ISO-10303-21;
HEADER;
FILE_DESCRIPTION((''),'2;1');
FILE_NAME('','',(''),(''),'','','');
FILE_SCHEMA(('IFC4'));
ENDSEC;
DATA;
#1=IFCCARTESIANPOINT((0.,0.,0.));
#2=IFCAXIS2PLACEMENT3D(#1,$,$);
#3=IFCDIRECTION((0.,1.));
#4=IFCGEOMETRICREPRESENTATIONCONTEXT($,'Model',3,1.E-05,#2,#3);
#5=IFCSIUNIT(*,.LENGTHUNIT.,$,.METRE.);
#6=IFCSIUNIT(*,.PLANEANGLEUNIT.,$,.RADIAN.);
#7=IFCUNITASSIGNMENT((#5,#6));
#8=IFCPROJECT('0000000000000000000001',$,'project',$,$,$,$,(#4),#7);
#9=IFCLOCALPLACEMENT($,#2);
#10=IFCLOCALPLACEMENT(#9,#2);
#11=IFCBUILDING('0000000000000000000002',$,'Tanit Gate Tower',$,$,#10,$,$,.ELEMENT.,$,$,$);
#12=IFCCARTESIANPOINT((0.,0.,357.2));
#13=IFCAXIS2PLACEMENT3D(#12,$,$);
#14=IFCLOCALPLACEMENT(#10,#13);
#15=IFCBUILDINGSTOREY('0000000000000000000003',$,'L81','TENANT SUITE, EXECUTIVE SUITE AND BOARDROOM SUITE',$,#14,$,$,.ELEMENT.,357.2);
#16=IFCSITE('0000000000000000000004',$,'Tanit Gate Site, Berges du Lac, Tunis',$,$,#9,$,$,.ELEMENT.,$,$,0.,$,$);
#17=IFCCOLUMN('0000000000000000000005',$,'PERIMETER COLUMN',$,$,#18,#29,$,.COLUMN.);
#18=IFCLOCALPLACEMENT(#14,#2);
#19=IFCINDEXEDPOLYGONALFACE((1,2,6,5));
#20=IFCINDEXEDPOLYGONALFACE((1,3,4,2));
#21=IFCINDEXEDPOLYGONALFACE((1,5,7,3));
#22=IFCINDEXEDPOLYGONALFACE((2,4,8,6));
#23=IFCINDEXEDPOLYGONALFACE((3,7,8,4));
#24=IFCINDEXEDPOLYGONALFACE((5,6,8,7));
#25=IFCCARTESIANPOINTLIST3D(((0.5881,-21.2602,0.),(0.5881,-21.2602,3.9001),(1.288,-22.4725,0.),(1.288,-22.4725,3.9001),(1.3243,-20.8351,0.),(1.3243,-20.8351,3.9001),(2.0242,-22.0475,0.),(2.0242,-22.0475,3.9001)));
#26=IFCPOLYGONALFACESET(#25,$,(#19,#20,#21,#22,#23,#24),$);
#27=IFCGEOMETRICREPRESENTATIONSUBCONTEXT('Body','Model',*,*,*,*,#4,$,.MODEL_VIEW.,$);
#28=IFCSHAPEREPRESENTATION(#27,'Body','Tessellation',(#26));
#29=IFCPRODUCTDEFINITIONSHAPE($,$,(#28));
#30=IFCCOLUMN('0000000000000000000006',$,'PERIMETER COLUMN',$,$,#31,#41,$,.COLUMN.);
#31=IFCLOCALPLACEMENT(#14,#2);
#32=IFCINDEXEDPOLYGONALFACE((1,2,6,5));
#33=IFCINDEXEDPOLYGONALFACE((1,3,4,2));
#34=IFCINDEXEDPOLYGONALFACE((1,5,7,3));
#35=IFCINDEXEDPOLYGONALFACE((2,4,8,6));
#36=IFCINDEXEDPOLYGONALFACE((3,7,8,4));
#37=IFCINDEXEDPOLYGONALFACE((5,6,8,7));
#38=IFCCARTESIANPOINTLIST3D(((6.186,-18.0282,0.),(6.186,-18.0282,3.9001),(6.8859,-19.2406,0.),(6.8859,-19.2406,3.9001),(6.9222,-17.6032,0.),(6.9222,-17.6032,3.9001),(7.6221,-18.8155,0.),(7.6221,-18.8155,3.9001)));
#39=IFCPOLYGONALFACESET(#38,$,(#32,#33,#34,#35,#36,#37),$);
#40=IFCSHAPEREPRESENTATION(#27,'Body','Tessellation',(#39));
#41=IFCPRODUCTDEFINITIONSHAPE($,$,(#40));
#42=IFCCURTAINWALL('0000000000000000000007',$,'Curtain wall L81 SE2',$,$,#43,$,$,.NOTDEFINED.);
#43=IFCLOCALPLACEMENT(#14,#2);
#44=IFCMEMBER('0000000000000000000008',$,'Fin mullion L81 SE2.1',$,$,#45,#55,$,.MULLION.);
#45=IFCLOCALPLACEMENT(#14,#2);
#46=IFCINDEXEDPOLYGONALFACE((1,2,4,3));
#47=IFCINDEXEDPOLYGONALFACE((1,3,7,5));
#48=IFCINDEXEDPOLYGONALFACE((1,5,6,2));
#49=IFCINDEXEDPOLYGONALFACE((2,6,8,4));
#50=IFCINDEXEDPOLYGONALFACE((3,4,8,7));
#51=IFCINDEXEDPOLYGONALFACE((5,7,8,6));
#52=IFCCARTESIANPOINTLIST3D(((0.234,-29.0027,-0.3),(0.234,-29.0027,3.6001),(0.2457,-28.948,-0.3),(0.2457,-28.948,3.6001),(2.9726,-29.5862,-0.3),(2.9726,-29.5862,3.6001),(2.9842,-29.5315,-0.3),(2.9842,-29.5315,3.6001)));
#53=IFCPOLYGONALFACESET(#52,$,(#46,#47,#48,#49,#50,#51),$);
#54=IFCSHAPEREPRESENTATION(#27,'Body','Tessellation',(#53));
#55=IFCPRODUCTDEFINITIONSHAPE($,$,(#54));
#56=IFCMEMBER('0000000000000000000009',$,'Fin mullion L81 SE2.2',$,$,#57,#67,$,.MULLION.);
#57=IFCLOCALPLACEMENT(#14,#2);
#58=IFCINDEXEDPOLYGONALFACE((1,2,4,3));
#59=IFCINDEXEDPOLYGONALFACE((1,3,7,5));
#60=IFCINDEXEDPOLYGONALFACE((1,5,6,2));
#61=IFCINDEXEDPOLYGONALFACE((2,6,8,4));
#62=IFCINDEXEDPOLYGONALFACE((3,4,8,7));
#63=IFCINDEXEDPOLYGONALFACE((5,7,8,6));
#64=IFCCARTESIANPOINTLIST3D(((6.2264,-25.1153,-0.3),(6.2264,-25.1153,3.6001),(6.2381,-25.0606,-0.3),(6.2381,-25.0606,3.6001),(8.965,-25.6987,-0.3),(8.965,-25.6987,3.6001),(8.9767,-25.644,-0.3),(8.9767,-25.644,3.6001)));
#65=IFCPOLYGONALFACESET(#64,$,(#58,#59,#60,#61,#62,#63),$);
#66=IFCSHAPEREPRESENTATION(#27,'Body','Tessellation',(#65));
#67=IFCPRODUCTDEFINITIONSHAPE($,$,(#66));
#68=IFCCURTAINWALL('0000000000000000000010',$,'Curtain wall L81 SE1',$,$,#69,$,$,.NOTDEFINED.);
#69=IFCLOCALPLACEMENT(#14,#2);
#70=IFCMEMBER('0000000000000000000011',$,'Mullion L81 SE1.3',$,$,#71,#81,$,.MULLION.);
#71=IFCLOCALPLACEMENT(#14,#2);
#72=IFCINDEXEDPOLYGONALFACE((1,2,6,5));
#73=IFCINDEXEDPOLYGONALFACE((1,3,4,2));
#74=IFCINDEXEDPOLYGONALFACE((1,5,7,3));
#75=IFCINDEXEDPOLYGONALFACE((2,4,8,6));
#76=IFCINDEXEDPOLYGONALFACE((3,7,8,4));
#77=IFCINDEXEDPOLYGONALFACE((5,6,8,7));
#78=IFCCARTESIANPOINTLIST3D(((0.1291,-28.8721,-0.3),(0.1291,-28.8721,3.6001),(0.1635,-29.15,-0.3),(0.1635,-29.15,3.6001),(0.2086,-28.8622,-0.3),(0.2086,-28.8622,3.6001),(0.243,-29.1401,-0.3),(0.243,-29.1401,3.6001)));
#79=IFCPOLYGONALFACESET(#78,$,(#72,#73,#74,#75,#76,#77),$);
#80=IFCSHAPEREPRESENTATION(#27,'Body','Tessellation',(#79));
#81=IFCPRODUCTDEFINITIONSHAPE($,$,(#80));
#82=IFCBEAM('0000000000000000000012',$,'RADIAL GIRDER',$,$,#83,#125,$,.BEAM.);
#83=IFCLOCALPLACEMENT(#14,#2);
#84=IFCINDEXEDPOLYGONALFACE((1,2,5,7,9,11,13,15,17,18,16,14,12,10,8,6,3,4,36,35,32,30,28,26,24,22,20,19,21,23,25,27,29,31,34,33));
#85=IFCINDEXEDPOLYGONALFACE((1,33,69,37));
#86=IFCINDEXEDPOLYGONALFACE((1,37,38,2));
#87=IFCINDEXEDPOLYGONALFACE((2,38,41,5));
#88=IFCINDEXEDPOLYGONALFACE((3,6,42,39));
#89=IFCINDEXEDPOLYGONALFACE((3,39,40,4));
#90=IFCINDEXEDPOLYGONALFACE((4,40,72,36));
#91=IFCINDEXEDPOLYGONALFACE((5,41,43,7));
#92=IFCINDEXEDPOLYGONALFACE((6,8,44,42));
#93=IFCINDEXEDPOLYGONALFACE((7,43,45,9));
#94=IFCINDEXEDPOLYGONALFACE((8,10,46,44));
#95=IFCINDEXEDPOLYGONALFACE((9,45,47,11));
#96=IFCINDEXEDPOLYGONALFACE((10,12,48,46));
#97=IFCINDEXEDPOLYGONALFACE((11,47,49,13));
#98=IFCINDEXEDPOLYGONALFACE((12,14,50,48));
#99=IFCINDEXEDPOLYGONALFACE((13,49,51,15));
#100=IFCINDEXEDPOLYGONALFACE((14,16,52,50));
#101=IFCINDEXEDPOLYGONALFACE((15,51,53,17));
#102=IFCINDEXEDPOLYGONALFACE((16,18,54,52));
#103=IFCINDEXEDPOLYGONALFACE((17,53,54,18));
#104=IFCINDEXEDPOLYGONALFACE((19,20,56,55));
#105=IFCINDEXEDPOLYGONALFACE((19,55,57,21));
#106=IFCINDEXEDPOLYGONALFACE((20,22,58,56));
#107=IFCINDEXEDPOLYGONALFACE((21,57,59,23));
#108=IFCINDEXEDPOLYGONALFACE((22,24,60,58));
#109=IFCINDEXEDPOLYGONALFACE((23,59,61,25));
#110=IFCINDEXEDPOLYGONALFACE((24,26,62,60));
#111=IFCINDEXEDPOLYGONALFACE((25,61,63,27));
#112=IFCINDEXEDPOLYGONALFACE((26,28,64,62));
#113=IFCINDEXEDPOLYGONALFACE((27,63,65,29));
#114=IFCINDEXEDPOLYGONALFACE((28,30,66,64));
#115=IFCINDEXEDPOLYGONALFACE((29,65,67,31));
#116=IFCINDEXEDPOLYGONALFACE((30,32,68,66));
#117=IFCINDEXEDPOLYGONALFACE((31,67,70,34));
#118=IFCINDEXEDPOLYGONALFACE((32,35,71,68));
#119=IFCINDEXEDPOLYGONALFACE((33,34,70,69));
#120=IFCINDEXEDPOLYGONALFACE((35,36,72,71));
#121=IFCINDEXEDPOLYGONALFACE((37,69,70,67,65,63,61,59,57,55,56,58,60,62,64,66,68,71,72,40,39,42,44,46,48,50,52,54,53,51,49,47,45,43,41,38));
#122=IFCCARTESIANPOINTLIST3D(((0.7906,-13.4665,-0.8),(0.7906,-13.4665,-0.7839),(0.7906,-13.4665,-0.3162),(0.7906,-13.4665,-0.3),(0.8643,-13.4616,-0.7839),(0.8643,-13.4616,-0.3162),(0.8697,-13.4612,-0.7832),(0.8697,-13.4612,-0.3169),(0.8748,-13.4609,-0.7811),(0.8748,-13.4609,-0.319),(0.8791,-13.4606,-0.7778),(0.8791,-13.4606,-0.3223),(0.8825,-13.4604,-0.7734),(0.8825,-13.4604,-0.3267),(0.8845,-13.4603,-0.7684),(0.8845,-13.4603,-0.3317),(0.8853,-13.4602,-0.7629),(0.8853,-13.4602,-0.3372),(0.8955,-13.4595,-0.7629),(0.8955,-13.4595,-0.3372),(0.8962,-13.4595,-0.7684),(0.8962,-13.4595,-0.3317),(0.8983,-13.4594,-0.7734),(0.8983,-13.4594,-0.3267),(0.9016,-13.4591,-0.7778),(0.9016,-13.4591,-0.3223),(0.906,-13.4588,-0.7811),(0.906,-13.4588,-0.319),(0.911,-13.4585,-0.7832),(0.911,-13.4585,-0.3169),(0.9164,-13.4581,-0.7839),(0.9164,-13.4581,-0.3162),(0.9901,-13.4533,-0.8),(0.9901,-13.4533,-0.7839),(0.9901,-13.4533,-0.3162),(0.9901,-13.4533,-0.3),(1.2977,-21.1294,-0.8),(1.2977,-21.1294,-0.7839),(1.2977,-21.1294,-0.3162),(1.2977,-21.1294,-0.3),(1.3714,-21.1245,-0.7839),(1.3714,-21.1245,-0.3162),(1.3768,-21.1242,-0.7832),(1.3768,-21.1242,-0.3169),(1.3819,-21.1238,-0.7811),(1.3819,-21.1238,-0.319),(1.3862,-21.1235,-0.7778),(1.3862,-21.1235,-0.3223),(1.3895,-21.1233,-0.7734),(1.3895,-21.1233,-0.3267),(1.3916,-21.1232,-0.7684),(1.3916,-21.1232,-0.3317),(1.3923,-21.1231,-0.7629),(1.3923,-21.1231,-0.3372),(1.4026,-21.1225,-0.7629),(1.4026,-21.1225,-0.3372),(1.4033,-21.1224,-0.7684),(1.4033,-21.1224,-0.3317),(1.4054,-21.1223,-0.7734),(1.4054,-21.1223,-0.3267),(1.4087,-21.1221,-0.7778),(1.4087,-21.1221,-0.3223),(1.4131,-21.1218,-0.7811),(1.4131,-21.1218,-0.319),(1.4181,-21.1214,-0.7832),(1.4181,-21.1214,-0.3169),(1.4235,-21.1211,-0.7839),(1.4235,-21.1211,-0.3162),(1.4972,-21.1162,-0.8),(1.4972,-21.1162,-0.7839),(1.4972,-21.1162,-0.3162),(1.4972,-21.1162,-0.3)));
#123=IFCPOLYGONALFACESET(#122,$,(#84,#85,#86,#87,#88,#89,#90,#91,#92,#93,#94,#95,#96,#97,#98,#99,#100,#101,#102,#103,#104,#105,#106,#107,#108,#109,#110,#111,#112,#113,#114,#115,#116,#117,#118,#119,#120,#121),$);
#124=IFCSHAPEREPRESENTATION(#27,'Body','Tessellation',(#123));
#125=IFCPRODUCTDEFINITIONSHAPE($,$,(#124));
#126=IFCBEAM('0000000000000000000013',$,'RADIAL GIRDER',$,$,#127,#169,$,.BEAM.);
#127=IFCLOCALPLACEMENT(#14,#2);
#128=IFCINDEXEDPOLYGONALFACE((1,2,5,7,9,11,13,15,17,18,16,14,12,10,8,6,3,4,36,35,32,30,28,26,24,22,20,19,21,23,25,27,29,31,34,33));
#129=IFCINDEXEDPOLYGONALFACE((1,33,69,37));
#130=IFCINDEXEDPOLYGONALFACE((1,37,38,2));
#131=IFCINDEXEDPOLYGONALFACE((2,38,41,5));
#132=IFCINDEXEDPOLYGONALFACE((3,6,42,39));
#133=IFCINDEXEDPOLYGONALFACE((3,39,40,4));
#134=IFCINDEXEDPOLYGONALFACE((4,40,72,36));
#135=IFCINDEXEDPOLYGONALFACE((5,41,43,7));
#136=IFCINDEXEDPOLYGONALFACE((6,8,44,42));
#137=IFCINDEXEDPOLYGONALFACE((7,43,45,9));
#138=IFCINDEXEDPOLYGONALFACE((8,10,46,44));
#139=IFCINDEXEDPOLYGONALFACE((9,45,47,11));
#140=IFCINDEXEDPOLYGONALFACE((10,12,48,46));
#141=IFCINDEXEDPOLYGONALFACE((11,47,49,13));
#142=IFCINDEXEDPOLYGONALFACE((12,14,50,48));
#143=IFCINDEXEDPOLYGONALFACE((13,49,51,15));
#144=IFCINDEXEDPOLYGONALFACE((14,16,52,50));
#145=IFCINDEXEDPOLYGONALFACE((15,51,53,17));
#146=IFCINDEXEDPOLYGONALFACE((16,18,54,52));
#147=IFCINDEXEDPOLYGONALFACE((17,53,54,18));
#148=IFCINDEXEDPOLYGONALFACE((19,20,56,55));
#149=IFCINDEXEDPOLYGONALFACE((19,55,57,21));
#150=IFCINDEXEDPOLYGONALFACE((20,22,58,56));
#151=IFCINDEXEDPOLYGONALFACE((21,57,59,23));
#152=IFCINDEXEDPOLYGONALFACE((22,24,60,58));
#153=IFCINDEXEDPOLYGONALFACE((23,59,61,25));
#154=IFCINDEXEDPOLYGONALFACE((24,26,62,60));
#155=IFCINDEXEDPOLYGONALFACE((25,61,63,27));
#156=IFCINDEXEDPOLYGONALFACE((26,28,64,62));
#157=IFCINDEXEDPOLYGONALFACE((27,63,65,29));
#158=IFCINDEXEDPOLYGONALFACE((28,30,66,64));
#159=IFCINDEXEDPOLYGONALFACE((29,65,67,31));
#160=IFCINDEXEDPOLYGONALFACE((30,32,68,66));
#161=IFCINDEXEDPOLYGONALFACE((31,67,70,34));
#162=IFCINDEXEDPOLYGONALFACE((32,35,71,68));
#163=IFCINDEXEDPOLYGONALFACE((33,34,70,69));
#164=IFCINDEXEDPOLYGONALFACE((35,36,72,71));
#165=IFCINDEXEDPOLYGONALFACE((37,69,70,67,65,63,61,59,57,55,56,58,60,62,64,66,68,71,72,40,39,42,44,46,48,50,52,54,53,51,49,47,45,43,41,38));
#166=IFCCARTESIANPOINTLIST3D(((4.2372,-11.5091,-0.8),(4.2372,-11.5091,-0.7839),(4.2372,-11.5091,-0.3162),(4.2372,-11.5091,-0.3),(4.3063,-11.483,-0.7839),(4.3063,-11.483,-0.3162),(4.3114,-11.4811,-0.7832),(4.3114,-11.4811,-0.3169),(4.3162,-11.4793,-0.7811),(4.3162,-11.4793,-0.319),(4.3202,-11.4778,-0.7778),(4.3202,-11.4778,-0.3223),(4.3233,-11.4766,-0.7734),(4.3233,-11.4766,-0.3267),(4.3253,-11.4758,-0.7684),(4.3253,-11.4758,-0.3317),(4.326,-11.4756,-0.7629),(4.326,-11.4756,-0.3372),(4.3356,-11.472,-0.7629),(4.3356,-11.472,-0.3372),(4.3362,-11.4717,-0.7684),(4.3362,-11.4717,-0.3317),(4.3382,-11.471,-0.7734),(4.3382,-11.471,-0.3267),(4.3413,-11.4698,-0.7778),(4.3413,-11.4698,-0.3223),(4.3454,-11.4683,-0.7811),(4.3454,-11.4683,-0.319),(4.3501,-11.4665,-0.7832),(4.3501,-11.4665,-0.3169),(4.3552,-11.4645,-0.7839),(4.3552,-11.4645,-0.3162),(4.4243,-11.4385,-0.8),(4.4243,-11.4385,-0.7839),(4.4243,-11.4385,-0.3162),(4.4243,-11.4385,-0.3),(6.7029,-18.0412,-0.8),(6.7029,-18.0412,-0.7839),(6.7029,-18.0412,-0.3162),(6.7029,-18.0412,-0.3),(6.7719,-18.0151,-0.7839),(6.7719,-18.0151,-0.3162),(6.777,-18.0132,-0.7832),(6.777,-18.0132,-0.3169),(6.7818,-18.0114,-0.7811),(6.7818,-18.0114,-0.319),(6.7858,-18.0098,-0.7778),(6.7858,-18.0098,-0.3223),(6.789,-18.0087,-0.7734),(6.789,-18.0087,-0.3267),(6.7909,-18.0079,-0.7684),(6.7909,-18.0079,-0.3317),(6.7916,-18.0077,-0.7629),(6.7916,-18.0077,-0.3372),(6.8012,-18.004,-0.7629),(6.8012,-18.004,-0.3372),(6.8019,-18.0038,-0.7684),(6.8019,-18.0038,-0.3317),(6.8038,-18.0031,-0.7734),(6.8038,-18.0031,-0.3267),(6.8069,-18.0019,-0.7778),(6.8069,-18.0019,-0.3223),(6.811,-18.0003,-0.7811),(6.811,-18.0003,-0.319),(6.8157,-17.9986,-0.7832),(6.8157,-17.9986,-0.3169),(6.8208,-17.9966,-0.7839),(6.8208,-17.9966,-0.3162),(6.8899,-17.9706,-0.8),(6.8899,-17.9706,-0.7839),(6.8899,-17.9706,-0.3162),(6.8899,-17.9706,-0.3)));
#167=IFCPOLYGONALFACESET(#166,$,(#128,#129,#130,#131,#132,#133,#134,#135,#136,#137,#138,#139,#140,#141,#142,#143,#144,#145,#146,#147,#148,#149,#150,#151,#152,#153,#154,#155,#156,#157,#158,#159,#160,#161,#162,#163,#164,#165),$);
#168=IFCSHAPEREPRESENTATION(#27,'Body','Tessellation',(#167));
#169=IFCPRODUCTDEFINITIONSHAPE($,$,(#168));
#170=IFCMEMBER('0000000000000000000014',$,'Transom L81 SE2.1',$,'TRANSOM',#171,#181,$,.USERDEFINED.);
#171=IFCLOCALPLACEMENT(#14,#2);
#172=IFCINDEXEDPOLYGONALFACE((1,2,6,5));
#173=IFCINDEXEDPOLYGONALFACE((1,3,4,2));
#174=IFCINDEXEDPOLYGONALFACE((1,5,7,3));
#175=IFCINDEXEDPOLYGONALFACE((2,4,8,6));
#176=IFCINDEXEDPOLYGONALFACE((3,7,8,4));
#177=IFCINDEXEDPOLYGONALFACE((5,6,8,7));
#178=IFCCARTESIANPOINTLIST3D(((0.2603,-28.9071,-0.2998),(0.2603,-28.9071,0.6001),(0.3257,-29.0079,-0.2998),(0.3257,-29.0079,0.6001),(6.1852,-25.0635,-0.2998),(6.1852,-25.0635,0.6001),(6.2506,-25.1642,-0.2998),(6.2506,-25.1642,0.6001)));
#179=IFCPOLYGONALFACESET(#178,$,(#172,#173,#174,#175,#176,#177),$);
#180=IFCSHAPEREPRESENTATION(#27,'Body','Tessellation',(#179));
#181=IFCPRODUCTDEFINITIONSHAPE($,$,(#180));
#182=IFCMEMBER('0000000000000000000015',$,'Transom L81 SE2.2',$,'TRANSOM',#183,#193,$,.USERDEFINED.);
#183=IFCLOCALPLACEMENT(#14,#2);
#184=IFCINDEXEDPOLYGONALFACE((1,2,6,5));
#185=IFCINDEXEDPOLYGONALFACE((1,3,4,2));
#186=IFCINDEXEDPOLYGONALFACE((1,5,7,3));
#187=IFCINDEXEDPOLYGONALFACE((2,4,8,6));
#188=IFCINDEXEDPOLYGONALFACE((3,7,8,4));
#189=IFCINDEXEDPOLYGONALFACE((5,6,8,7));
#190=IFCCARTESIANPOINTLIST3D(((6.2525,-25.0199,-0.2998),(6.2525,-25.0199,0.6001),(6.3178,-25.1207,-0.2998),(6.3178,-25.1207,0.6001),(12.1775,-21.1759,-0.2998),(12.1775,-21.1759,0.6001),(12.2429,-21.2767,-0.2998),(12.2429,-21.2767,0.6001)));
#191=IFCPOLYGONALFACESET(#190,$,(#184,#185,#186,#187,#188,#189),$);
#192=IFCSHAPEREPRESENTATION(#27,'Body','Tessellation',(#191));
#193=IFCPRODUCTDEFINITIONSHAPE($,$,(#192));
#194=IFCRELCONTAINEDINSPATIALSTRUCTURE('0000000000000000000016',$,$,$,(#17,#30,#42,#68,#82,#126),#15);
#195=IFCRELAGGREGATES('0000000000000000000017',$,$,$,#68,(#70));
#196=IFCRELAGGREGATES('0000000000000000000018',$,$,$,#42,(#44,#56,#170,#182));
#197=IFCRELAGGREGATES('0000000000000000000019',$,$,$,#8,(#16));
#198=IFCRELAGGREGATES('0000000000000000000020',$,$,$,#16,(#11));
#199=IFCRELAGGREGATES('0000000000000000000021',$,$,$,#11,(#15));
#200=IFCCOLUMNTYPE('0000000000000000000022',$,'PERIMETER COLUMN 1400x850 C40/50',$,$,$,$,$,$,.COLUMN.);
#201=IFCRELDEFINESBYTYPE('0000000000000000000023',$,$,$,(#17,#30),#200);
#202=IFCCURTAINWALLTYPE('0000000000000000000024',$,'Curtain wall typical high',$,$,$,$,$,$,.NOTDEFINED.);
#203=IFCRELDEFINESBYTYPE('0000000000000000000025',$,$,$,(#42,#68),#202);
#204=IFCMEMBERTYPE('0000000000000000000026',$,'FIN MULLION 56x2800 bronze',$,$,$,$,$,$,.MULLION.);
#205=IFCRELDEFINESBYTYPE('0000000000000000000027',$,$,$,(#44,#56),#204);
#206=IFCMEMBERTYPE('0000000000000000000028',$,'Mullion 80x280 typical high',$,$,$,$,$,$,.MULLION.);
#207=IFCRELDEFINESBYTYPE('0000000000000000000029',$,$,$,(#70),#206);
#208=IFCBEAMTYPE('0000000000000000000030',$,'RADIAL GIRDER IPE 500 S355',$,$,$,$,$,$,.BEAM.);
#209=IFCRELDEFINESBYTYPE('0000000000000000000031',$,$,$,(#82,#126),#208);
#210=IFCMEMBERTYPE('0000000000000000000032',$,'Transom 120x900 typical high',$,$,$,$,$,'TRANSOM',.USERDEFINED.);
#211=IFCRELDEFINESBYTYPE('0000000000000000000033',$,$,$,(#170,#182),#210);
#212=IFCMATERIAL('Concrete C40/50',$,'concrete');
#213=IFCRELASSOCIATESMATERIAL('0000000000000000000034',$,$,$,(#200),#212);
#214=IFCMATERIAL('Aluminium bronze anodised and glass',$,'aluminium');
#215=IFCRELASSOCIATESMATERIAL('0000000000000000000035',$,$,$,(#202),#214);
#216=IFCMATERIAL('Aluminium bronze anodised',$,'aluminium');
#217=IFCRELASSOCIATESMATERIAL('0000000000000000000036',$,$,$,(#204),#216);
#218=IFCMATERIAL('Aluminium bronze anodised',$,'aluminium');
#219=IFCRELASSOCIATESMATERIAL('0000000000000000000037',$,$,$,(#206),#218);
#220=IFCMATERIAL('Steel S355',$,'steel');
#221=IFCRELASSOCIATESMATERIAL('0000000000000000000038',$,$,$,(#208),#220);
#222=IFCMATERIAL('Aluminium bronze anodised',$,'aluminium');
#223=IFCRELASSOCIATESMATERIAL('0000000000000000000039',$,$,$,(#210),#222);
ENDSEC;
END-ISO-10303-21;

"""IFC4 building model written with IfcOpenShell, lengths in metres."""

from ifc_helpers import new_model, si_unit, direction, frame, origin, origin_2d, place, context, subcontext, project, spatial, rectangle, i_section, extrude, material, material_profile, profile_set, type_object, element, aggregate, save


model = new_model("IFC4")

# Units and contexts
model_context = context("Model", 3, precision=1e-05, world=origin(), true_north=direction((0.0, 1.0)))
body_context = subcontext(model_context, "Body", "Model", "MODEL_VIEW")
ifc_project = project(units=[si_unit("LENGTHUNIT", "METRE"), si_unit("PLANEANGLEUNIT", "RADIAN")], contexts=[model_context])

# Site, building, storey
site_placement = place(None, origin())
site = spatial("IfcSite", under=ifc_project, at=site_placement, Name="Tanit Gate Site, Berges du Lac, Tunis", CompositionType="ELEMENT", RefElevation=0.0)
building_placement = place(site_placement, origin())
building = spatial("IfcBuilding", under=site, at=building_placement, Name="Tanit Gate Tower", CompositionType="ELEMENT")
storey_placement = place(building_placement, frame((0.0, 0.0, 357.2)))
storey = spatial("IfcBuildingStorey", under=building, at=storey_placement, Name="L81", Description="TENANT SUITE, EXECUTIVE SUITE AND BOARDROOM SUITE", CompositionType="ELEMENT", Elevation=357.2)

# Columns
ifc_material_1 = material(Name="Concrete C40/50", Category="concrete")
ifc_material_profile_1 = material_profile(ifc_material_1, rectangle(XDim=1.3999, YDim=0.8501, at=origin_2d()), Name="RC 1400x850")
ifc_profile_set_1 = profile_set([ifc_material_profile_1], Name="Concrete C40/50")
column_type = type_object("IfcColumnType", Name="PERIMETER COLUMN 1400x850 C40/50", PredefinedType="COLUMN", material=ifc_profile_set_1)
for number, where, z_axis, x_axis, name in (
    (1, (1.3062, -21.6538, 0.0), (0.0, 0.0, 1.0), (0.5, -0.866025, 0.0), "PERIMETER COLUMN"),
    (2, (6.9041, -18.4219, 0.0), (0.0, 0.0, 1.0), (0.5, -0.866025, 0.0), "PERIMETER COLUMN"),
):
    element("IfcColumn", number, at=place(storey_placement, frame(where, z_axis=z_axis, x_axis=x_axis)), inside=storey, type_object=column_type, Name=name, PredefinedType="COLUMN", context=body_context, shape_type="SweptSolid", body=[
        extrude(rectangle(XDim=1.3999, YDim=0.8501, at=origin_2d()), origin(), (0.0, 0.0, 1.0), 3.9001),
    ])

# Curtain wall, members
ifc_material_2 = material(Name="Aluminium bronze anodised and glass", Category="aluminium")
curtain_wall_type = type_object("IfcCurtainWallType", Name="Curtain wall typical high", PredefinedType="NOTDEFINED", material=ifc_material_2)
curtain_wall_1_placement = place(storey_placement, origin())
curtain_wall_1 = element("IfcCurtainWall", 3, at=curtain_wall_1_placement, inside=storey, type_object=curtain_wall_type, Name="Curtain wall L81 SE2", PredefinedType="NOTDEFINED")
ifc_material_3 = material(Name="Aluminium bronze anodised", Category="aluminium")
ifc_material_profile_2 = material_profile(ifc_material_3, rectangle(XDim=2.8, YDim=0.0559, at=origin_2d()), Name="56x2800 bronze fin mullion")
ifc_profile_set_2 = profile_set([ifc_material_profile_2], Name="Aluminium bronze anodised")
member_type_1 = type_object("IfcMemberType", Name="FIN MULLION 56x2800 bronze", PredefinedType="MULLION", material=ifc_profile_set_2)
member_1_placement = place(storey_placement, frame((1.6091, -29.2671, -0.3), z_axis=(0.0, 0.0, 1.0), x_axis=(-0.978049, 0.208373, 0.0)))
member_1 = element("IfcMember", 4, at=member_1_placement, type_object=member_type_1, Name="Fin mullion L81 SE2.1", PredefinedType="MULLION", context=body_context, shape_type="SweptSolid", body=[
    extrude(rectangle(XDim=2.8, YDim=0.0559, at=origin_2d()), origin(), (0.0, 0.0, 1.0), 3.9001),
])
member_2_placement = place(storey_placement, frame((7.6016, -25.3796, -0.3), z_axis=(0.0, 0.0, 1.0), x_axis=(-0.978049, 0.208373, 0.0)))
member_2 = element("IfcMember", 5, at=member_2_placement, type_object=member_type_1, Name="Fin mullion L81 SE2.2", PredefinedType="MULLION", context=body_context, shape_type="SweptSolid", body=[
    extrude(rectangle(XDim=2.8, YDim=0.0559, at=origin_2d()), origin(), (0.0, 0.0, 1.0), 3.9001),
])

# Curtain wall, member
curtain_wall_2_placement = place(storey_placement, origin())
curtain_wall_2 = element("IfcCurtainWall", 6, at=curtain_wall_2_placement, inside=storey, type_object=curtain_wall_type, Name="Curtain wall L81 SE1", PredefinedType="NOTDEFINED")
ifc_material_4 = material(Name="Aluminium bronze anodised", Category="aluminium")
ifc_material_profile_3 = material_profile(ifc_material_4, rectangle(XDim=0.28, YDim=0.0801, at=origin_2d()), Name="80x280 bronze mullion")
ifc_profile_set_3 = profile_set([ifc_material_profile_3], Name="Aluminium bronze anodised")
member_type_2 = type_object("IfcMemberType", Name="Mullion 80x280 typical high", PredefinedType="MULLION", material=ifc_profile_set_3)
member_3_placement = place(storey_placement, frame((0.186, -29.0061, -0.3), z_axis=(0.0, 0.0, 1.0), x_axis=(-0.122759, 0.992436, 0.0)))
member_3 = element("IfcMember", 7, at=member_3_placement, type_object=member_type_2, Name="Mullion L81 SE1.3", PredefinedType="MULLION", context=body_context, shape_type="SweptSolid", body=[
    extrude(rectangle(XDim=0.28, YDim=0.0801, at=origin_2d()), origin(), (0.0, 0.0, 1.0), 3.9001),
])
aggregate(curtain_wall_2, [member_3])

# Beams
ifc_material_5 = material(Name="Steel S355", Category="steel")
ifc_material_profile_4 = material_profile(ifc_material_5, i_section(OverallWidth=0.2, OverallDepth=0.5, WebThickness=0.0103, FlangeThickness=0.0161, FilletRadius=0.021, at=origin_2d()), Name="IPE 500")
ifc_profile_set_4 = profile_set([ifc_material_profile_4], Name="Steel S355")
beam_type = type_object("IfcBeamType", Name="RADIAL GIRDER IPE 500 S355", PredefinedType="BEAM", material=ifc_profile_set_4)
beam_1_placement = place(storey_placement, frame((1.3975, -21.1228, -0.55), z_axis=(-0.066029, 0.997818, 0.0), x_axis=(-0.997818, -0.066029, 0.0)))
element("IfcBeam", 8, at=beam_1_placement, inside=storey, type_object=beam_type, Name="RADIAL GIRDER", PredefinedType="BEAM", context=body_context, shape_type="SweptSolid", body=[
    extrude(i_section(OverallWidth=0.2, OverallDepth=0.5, WebThickness=0.0103, FlangeThickness=0.0161, FilletRadius=0.021, at=origin_2d()), origin(), (0.0, 0.0, 1.0), 7.6797),
])
beam_2_placement = place(storey_placement, frame((6.7964, -18.0059, -0.55), z_axis=(-0.353142, 0.93557, 0.0), x_axis=(-0.93557, -0.353142, 0.0)))
element("IfcBeam", 9, at=beam_2_placement, inside=storey, type_object=beam_type, Name="RADIAL GIRDER", PredefinedType="BEAM", context=body_context, shape_type="SweptSolid", body=[
    extrude(i_section(OverallWidth=0.2, OverallDepth=0.5, WebThickness=0.0103, FlangeThickness=0.0161, FilletRadius=0.021, at=origin_2d()), origin(), (0.0, 0.0, 1.0), 6.9819),
])

# Members
ifc_material_6 = material(Name="Aluminium bronze anodised", Category="aluminium")
ifc_material_profile_5 = material_profile(ifc_material_6, rectangle(XDim=0.1201, YDim=0.8999, at=origin_2d()), Name="120x900 bronze transom")
ifc_profile_set_5 = profile_set([ifc_material_profile_5], Name="Aluminium bronze anodised")
member_type_3 = type_object("IfcMemberType", Name="Transom 120x900 typical high", ElementType="TRANSOM", PredefinedType="USERDEFINED", material=ifc_profile_set_5)
member_4_placement = place(storey_placement, frame((0.293, -28.9575, 0.1501), z_axis=(0.838931, 0.544238, 0.0), x_axis=(-0.544238, 0.838931, 0.0)))
member_4 = element("IfcMember", 10, at=member_4_placement, type_object=member_type_3, Name="Transom L81 SE2.1", ObjectType="TRANSOM", PredefinedType="USERDEFINED", context=body_context, shape_type="SweptSolid", body=[
    extrude(rectangle(XDim=0.1201, YDim=0.8999, at=origin_2d()), origin(), (0.0, 0.0, 1.0), 7.0625),
])
member_5_placement = place(storey_placement, frame((6.2852, -25.0703, 0.1501), z_axis=(0.838915, 0.544263, 0.0), x_axis=(-0.544263, 0.838915, 0.0)))
member_5 = element("IfcMember", 11, at=member_5_placement, type_object=member_type_3, Name="Transom L81 SE2.2", ObjectType="TRANSOM", PredefinedType="USERDEFINED", context=body_context, shape_type="SweptSolid", body=[
    extrude(rectangle(XDim=0.1201, YDim=0.8999, at=origin_2d()), origin(), (0.0, 0.0, 1.0), 7.0627),
])

aggregate(curtain_wall_1, [member_1, member_2, member_4, member_5])

save(model, "model.ifc")
